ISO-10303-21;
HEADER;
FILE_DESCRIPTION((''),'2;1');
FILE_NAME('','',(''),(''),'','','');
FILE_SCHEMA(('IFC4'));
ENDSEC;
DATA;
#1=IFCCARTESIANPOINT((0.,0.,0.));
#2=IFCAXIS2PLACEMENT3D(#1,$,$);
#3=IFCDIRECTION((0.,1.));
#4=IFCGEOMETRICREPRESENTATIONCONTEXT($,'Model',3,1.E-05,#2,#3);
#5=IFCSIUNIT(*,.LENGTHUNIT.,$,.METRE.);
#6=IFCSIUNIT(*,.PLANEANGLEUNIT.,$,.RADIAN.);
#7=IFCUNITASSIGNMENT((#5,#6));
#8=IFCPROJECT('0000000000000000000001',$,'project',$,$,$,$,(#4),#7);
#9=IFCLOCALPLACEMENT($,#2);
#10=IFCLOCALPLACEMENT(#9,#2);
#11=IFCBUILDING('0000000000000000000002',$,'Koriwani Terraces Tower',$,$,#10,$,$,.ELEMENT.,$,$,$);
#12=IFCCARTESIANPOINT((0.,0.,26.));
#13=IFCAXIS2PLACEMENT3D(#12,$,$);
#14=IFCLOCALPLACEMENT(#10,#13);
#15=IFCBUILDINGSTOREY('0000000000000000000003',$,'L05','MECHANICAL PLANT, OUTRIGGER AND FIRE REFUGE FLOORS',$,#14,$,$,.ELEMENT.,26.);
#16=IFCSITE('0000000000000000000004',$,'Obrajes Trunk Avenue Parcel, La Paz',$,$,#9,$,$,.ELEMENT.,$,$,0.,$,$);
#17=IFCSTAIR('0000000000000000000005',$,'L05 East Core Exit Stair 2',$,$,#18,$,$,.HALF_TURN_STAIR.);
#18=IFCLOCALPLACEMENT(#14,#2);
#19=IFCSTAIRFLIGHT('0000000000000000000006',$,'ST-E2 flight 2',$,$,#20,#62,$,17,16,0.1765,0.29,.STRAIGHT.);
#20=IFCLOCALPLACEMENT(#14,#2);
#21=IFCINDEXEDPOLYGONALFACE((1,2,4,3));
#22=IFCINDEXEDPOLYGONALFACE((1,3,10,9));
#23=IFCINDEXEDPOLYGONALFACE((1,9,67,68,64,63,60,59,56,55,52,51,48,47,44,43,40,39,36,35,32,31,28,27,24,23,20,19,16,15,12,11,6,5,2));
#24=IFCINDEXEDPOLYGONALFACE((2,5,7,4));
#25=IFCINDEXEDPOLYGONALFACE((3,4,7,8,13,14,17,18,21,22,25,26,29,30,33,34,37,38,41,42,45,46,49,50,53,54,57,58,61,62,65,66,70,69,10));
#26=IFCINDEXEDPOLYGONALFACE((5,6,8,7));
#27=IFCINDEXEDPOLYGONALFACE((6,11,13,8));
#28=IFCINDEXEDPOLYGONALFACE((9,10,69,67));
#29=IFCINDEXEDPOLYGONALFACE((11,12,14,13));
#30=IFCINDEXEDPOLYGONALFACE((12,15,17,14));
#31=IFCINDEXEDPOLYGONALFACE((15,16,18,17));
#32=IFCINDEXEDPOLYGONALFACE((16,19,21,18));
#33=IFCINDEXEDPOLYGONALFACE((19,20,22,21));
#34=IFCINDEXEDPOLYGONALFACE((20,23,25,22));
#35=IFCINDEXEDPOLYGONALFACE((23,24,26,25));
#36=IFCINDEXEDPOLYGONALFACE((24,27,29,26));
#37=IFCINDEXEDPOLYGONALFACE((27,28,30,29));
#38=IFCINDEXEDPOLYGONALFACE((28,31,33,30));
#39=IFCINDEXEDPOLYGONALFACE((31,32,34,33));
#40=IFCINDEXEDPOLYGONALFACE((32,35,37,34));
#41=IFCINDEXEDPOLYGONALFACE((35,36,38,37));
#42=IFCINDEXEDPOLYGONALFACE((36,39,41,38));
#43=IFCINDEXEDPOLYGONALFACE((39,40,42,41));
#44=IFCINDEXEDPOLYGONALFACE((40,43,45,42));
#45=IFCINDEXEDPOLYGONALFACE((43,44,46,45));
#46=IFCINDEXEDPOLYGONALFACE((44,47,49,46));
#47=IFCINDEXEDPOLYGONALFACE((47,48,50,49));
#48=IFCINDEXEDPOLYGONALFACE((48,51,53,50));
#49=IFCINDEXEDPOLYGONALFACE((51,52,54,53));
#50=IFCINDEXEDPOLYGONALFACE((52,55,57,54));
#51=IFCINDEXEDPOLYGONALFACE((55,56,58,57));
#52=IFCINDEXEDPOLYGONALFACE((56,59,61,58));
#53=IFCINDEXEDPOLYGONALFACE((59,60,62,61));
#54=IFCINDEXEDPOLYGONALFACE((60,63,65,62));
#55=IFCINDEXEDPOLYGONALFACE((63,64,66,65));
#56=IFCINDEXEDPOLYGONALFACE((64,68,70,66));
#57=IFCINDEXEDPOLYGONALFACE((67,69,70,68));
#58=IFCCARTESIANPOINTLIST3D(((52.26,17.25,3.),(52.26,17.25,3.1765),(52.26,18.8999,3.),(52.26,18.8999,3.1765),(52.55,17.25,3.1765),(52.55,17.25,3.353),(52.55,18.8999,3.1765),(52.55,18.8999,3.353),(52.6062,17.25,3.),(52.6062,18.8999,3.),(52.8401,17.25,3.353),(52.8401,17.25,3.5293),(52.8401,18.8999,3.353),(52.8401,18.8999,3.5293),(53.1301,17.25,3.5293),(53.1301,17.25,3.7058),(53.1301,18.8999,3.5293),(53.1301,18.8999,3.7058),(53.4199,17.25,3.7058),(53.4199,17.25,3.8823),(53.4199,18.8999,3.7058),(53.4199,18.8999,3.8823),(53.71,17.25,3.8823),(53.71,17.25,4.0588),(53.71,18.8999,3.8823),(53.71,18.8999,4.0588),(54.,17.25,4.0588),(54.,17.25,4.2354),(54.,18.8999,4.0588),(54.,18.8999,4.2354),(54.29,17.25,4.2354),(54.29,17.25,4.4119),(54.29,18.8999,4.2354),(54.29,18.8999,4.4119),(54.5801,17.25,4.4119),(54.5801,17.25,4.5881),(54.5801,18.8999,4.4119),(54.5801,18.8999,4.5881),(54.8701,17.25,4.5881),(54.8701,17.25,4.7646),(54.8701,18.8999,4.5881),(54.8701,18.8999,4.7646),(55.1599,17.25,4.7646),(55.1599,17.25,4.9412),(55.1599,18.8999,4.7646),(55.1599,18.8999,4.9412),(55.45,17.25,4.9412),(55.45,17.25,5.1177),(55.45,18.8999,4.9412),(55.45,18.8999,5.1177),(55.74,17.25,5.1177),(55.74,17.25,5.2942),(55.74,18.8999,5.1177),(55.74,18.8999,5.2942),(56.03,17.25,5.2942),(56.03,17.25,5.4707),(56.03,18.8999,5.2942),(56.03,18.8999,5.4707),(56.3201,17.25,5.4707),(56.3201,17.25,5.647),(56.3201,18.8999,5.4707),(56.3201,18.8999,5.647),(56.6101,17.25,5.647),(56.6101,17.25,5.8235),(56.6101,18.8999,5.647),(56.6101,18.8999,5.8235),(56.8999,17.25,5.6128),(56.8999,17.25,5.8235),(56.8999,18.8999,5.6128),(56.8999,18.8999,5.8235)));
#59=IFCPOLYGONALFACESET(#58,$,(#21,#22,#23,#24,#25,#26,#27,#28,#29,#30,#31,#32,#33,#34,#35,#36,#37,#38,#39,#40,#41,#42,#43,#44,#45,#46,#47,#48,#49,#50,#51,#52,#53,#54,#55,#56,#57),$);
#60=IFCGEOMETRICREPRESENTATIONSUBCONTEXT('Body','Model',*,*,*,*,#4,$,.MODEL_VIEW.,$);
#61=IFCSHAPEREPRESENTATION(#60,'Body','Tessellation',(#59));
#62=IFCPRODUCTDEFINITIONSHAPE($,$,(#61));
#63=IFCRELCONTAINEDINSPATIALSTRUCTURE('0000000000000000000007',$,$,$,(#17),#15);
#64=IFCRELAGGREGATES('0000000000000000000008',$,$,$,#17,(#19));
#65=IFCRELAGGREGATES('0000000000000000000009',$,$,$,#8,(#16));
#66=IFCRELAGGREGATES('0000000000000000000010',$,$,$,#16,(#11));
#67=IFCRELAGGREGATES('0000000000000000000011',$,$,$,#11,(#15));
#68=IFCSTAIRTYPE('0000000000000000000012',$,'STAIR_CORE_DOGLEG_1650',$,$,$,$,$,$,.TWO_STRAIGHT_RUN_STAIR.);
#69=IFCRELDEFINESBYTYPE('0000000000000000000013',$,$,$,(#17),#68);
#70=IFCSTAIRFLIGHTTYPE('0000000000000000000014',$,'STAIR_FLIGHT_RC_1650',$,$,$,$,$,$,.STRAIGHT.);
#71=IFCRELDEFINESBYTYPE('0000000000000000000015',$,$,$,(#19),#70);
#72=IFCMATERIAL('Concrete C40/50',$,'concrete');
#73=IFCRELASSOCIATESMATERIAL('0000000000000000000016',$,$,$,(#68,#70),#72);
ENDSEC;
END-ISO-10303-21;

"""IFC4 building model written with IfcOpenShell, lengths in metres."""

from ifc_helpers import new_model, si_unit, direction, frame, origin, place, context, subcontext, project, spatial, polyline, outline, extrude, material, type_object, element, aggregate, save


model = new_model("IFC4")

# Units and contexts
model_context = context("Model", 3, precision=1e-05, world=origin(), true_north=direction((0.0, 1.0)))
body_context = subcontext(model_context, "Body", "Model", "MODEL_VIEW")
ifc_project = project(units=[si_unit("LENGTHUNIT", "METRE"), si_unit("PLANEANGLEUNIT", "RADIAN")], contexts=[model_context])

# Site, building, storey
site_placement = place(None, origin())
site = spatial("IfcSite", under=ifc_project, at=site_placement, Name="Obrajes Trunk Avenue Parcel, La Paz", CompositionType="ELEMENT", RefElevation=0.0)
building_placement = place(site_placement, origin())
building = spatial("IfcBuilding", under=site, at=building_placement, Name="Koriwani Terraces Tower", CompositionType="ELEMENT")
storey_placement = place(building_placement, frame((0.0, 0.0, 26.0)))
storey = spatial("IfcBuildingStorey", under=building, at=storey_placement, Name="L05", Description="MECHANICAL PLANT, OUTRIGGER AND FIRE REFUGE FLOORS", CompositionType="ELEMENT", Elevation=26.0)

# Shared definitions
ifc_material_1 = material(Name="Concrete C40/50", Category="concrete")

# Stair, stair flight
stair_type = type_object("IfcStairType", Name="STAIR_CORE_DOGLEG_1650", PredefinedType="TWO_STRAIGHT_RUN_STAIR", material=ifc_material_1)
stair_flight_type = type_object("IfcStairFlightType", Name="STAIR_FLIGHT_RC_1650", PredefinedType="STRAIGHT", material=ifc_material_1)
stair_1_placement = place(storey_placement, origin())
stair_1 = element("IfcStair", 1, at=stair_1_placement, inside=storey, type_object=stair_type, Name="L05 East Core Exit Stair 2", PredefinedType="HALF_TURN_STAIR")
stair_flight_1_placement = place(storey_placement, frame((52.26, 18.075, 3.0), z_axis=(0.0, 0.0, 1.0), x_axis=(1.0, 0.0, 0.0)))
stair_flight_1 = element("IfcStairFlight", 2, at=stair_flight_1_placement, type_object=stair_flight_type, Name="ST-E2 flight 2", NumberOfRisers=17, NumberOfTreads=16, PredefinedType="STRAIGHT", RiserHeight=0.1765, TreadLength=0.29, context=body_context, shape_type="SweptSolid", body=[
    extrude(outline(polyline([(0.0, 0.0), (0.0, 0.1765), (0.29, 0.1765), (0.29, 0.353), (0.5801, 0.353), (0.5801, 0.5293), (0.8701, 0.5293), (0.8701, 0.7058), (1.1599, 0.7058), (1.1599, 0.8823), (1.45, 0.8823), (1.45, 1.0588), (1.74, 1.0588), (1.74, 1.2354), (2.03, 1.2354), (2.03, 1.4119), (2.3201, 1.4119), (2.3201, 1.5881), (2.6101, 1.5881), (2.6101, 1.7646), (2.8999, 1.7646), (2.8999, 1.9412), (3.1899, 1.9412), (3.1899, 2.1177), (3.48, 2.1177), (3.48, 2.2942), (3.77, 2.2942), (3.77, 2.4707), (4.0601, 2.4707), (4.0601, 2.647), (4.3501, 2.647), (4.3501, 2.8235), (4.6399, 2.8235), (4.6399, 3.0), (4.6399, 2.6128), (0.3462, 0.0), (0.0, 0.0)])), frame((0.0, 0.825, 0.0), z_axis=(0.0, -1.0, 0.0), x_axis=(1.0, 0.0, 0.0)), (0.0, 0.0, 1.0), 1.6499),
])
aggregate(stair_1, [stair_flight_1])

save(model, "model.ifc")
